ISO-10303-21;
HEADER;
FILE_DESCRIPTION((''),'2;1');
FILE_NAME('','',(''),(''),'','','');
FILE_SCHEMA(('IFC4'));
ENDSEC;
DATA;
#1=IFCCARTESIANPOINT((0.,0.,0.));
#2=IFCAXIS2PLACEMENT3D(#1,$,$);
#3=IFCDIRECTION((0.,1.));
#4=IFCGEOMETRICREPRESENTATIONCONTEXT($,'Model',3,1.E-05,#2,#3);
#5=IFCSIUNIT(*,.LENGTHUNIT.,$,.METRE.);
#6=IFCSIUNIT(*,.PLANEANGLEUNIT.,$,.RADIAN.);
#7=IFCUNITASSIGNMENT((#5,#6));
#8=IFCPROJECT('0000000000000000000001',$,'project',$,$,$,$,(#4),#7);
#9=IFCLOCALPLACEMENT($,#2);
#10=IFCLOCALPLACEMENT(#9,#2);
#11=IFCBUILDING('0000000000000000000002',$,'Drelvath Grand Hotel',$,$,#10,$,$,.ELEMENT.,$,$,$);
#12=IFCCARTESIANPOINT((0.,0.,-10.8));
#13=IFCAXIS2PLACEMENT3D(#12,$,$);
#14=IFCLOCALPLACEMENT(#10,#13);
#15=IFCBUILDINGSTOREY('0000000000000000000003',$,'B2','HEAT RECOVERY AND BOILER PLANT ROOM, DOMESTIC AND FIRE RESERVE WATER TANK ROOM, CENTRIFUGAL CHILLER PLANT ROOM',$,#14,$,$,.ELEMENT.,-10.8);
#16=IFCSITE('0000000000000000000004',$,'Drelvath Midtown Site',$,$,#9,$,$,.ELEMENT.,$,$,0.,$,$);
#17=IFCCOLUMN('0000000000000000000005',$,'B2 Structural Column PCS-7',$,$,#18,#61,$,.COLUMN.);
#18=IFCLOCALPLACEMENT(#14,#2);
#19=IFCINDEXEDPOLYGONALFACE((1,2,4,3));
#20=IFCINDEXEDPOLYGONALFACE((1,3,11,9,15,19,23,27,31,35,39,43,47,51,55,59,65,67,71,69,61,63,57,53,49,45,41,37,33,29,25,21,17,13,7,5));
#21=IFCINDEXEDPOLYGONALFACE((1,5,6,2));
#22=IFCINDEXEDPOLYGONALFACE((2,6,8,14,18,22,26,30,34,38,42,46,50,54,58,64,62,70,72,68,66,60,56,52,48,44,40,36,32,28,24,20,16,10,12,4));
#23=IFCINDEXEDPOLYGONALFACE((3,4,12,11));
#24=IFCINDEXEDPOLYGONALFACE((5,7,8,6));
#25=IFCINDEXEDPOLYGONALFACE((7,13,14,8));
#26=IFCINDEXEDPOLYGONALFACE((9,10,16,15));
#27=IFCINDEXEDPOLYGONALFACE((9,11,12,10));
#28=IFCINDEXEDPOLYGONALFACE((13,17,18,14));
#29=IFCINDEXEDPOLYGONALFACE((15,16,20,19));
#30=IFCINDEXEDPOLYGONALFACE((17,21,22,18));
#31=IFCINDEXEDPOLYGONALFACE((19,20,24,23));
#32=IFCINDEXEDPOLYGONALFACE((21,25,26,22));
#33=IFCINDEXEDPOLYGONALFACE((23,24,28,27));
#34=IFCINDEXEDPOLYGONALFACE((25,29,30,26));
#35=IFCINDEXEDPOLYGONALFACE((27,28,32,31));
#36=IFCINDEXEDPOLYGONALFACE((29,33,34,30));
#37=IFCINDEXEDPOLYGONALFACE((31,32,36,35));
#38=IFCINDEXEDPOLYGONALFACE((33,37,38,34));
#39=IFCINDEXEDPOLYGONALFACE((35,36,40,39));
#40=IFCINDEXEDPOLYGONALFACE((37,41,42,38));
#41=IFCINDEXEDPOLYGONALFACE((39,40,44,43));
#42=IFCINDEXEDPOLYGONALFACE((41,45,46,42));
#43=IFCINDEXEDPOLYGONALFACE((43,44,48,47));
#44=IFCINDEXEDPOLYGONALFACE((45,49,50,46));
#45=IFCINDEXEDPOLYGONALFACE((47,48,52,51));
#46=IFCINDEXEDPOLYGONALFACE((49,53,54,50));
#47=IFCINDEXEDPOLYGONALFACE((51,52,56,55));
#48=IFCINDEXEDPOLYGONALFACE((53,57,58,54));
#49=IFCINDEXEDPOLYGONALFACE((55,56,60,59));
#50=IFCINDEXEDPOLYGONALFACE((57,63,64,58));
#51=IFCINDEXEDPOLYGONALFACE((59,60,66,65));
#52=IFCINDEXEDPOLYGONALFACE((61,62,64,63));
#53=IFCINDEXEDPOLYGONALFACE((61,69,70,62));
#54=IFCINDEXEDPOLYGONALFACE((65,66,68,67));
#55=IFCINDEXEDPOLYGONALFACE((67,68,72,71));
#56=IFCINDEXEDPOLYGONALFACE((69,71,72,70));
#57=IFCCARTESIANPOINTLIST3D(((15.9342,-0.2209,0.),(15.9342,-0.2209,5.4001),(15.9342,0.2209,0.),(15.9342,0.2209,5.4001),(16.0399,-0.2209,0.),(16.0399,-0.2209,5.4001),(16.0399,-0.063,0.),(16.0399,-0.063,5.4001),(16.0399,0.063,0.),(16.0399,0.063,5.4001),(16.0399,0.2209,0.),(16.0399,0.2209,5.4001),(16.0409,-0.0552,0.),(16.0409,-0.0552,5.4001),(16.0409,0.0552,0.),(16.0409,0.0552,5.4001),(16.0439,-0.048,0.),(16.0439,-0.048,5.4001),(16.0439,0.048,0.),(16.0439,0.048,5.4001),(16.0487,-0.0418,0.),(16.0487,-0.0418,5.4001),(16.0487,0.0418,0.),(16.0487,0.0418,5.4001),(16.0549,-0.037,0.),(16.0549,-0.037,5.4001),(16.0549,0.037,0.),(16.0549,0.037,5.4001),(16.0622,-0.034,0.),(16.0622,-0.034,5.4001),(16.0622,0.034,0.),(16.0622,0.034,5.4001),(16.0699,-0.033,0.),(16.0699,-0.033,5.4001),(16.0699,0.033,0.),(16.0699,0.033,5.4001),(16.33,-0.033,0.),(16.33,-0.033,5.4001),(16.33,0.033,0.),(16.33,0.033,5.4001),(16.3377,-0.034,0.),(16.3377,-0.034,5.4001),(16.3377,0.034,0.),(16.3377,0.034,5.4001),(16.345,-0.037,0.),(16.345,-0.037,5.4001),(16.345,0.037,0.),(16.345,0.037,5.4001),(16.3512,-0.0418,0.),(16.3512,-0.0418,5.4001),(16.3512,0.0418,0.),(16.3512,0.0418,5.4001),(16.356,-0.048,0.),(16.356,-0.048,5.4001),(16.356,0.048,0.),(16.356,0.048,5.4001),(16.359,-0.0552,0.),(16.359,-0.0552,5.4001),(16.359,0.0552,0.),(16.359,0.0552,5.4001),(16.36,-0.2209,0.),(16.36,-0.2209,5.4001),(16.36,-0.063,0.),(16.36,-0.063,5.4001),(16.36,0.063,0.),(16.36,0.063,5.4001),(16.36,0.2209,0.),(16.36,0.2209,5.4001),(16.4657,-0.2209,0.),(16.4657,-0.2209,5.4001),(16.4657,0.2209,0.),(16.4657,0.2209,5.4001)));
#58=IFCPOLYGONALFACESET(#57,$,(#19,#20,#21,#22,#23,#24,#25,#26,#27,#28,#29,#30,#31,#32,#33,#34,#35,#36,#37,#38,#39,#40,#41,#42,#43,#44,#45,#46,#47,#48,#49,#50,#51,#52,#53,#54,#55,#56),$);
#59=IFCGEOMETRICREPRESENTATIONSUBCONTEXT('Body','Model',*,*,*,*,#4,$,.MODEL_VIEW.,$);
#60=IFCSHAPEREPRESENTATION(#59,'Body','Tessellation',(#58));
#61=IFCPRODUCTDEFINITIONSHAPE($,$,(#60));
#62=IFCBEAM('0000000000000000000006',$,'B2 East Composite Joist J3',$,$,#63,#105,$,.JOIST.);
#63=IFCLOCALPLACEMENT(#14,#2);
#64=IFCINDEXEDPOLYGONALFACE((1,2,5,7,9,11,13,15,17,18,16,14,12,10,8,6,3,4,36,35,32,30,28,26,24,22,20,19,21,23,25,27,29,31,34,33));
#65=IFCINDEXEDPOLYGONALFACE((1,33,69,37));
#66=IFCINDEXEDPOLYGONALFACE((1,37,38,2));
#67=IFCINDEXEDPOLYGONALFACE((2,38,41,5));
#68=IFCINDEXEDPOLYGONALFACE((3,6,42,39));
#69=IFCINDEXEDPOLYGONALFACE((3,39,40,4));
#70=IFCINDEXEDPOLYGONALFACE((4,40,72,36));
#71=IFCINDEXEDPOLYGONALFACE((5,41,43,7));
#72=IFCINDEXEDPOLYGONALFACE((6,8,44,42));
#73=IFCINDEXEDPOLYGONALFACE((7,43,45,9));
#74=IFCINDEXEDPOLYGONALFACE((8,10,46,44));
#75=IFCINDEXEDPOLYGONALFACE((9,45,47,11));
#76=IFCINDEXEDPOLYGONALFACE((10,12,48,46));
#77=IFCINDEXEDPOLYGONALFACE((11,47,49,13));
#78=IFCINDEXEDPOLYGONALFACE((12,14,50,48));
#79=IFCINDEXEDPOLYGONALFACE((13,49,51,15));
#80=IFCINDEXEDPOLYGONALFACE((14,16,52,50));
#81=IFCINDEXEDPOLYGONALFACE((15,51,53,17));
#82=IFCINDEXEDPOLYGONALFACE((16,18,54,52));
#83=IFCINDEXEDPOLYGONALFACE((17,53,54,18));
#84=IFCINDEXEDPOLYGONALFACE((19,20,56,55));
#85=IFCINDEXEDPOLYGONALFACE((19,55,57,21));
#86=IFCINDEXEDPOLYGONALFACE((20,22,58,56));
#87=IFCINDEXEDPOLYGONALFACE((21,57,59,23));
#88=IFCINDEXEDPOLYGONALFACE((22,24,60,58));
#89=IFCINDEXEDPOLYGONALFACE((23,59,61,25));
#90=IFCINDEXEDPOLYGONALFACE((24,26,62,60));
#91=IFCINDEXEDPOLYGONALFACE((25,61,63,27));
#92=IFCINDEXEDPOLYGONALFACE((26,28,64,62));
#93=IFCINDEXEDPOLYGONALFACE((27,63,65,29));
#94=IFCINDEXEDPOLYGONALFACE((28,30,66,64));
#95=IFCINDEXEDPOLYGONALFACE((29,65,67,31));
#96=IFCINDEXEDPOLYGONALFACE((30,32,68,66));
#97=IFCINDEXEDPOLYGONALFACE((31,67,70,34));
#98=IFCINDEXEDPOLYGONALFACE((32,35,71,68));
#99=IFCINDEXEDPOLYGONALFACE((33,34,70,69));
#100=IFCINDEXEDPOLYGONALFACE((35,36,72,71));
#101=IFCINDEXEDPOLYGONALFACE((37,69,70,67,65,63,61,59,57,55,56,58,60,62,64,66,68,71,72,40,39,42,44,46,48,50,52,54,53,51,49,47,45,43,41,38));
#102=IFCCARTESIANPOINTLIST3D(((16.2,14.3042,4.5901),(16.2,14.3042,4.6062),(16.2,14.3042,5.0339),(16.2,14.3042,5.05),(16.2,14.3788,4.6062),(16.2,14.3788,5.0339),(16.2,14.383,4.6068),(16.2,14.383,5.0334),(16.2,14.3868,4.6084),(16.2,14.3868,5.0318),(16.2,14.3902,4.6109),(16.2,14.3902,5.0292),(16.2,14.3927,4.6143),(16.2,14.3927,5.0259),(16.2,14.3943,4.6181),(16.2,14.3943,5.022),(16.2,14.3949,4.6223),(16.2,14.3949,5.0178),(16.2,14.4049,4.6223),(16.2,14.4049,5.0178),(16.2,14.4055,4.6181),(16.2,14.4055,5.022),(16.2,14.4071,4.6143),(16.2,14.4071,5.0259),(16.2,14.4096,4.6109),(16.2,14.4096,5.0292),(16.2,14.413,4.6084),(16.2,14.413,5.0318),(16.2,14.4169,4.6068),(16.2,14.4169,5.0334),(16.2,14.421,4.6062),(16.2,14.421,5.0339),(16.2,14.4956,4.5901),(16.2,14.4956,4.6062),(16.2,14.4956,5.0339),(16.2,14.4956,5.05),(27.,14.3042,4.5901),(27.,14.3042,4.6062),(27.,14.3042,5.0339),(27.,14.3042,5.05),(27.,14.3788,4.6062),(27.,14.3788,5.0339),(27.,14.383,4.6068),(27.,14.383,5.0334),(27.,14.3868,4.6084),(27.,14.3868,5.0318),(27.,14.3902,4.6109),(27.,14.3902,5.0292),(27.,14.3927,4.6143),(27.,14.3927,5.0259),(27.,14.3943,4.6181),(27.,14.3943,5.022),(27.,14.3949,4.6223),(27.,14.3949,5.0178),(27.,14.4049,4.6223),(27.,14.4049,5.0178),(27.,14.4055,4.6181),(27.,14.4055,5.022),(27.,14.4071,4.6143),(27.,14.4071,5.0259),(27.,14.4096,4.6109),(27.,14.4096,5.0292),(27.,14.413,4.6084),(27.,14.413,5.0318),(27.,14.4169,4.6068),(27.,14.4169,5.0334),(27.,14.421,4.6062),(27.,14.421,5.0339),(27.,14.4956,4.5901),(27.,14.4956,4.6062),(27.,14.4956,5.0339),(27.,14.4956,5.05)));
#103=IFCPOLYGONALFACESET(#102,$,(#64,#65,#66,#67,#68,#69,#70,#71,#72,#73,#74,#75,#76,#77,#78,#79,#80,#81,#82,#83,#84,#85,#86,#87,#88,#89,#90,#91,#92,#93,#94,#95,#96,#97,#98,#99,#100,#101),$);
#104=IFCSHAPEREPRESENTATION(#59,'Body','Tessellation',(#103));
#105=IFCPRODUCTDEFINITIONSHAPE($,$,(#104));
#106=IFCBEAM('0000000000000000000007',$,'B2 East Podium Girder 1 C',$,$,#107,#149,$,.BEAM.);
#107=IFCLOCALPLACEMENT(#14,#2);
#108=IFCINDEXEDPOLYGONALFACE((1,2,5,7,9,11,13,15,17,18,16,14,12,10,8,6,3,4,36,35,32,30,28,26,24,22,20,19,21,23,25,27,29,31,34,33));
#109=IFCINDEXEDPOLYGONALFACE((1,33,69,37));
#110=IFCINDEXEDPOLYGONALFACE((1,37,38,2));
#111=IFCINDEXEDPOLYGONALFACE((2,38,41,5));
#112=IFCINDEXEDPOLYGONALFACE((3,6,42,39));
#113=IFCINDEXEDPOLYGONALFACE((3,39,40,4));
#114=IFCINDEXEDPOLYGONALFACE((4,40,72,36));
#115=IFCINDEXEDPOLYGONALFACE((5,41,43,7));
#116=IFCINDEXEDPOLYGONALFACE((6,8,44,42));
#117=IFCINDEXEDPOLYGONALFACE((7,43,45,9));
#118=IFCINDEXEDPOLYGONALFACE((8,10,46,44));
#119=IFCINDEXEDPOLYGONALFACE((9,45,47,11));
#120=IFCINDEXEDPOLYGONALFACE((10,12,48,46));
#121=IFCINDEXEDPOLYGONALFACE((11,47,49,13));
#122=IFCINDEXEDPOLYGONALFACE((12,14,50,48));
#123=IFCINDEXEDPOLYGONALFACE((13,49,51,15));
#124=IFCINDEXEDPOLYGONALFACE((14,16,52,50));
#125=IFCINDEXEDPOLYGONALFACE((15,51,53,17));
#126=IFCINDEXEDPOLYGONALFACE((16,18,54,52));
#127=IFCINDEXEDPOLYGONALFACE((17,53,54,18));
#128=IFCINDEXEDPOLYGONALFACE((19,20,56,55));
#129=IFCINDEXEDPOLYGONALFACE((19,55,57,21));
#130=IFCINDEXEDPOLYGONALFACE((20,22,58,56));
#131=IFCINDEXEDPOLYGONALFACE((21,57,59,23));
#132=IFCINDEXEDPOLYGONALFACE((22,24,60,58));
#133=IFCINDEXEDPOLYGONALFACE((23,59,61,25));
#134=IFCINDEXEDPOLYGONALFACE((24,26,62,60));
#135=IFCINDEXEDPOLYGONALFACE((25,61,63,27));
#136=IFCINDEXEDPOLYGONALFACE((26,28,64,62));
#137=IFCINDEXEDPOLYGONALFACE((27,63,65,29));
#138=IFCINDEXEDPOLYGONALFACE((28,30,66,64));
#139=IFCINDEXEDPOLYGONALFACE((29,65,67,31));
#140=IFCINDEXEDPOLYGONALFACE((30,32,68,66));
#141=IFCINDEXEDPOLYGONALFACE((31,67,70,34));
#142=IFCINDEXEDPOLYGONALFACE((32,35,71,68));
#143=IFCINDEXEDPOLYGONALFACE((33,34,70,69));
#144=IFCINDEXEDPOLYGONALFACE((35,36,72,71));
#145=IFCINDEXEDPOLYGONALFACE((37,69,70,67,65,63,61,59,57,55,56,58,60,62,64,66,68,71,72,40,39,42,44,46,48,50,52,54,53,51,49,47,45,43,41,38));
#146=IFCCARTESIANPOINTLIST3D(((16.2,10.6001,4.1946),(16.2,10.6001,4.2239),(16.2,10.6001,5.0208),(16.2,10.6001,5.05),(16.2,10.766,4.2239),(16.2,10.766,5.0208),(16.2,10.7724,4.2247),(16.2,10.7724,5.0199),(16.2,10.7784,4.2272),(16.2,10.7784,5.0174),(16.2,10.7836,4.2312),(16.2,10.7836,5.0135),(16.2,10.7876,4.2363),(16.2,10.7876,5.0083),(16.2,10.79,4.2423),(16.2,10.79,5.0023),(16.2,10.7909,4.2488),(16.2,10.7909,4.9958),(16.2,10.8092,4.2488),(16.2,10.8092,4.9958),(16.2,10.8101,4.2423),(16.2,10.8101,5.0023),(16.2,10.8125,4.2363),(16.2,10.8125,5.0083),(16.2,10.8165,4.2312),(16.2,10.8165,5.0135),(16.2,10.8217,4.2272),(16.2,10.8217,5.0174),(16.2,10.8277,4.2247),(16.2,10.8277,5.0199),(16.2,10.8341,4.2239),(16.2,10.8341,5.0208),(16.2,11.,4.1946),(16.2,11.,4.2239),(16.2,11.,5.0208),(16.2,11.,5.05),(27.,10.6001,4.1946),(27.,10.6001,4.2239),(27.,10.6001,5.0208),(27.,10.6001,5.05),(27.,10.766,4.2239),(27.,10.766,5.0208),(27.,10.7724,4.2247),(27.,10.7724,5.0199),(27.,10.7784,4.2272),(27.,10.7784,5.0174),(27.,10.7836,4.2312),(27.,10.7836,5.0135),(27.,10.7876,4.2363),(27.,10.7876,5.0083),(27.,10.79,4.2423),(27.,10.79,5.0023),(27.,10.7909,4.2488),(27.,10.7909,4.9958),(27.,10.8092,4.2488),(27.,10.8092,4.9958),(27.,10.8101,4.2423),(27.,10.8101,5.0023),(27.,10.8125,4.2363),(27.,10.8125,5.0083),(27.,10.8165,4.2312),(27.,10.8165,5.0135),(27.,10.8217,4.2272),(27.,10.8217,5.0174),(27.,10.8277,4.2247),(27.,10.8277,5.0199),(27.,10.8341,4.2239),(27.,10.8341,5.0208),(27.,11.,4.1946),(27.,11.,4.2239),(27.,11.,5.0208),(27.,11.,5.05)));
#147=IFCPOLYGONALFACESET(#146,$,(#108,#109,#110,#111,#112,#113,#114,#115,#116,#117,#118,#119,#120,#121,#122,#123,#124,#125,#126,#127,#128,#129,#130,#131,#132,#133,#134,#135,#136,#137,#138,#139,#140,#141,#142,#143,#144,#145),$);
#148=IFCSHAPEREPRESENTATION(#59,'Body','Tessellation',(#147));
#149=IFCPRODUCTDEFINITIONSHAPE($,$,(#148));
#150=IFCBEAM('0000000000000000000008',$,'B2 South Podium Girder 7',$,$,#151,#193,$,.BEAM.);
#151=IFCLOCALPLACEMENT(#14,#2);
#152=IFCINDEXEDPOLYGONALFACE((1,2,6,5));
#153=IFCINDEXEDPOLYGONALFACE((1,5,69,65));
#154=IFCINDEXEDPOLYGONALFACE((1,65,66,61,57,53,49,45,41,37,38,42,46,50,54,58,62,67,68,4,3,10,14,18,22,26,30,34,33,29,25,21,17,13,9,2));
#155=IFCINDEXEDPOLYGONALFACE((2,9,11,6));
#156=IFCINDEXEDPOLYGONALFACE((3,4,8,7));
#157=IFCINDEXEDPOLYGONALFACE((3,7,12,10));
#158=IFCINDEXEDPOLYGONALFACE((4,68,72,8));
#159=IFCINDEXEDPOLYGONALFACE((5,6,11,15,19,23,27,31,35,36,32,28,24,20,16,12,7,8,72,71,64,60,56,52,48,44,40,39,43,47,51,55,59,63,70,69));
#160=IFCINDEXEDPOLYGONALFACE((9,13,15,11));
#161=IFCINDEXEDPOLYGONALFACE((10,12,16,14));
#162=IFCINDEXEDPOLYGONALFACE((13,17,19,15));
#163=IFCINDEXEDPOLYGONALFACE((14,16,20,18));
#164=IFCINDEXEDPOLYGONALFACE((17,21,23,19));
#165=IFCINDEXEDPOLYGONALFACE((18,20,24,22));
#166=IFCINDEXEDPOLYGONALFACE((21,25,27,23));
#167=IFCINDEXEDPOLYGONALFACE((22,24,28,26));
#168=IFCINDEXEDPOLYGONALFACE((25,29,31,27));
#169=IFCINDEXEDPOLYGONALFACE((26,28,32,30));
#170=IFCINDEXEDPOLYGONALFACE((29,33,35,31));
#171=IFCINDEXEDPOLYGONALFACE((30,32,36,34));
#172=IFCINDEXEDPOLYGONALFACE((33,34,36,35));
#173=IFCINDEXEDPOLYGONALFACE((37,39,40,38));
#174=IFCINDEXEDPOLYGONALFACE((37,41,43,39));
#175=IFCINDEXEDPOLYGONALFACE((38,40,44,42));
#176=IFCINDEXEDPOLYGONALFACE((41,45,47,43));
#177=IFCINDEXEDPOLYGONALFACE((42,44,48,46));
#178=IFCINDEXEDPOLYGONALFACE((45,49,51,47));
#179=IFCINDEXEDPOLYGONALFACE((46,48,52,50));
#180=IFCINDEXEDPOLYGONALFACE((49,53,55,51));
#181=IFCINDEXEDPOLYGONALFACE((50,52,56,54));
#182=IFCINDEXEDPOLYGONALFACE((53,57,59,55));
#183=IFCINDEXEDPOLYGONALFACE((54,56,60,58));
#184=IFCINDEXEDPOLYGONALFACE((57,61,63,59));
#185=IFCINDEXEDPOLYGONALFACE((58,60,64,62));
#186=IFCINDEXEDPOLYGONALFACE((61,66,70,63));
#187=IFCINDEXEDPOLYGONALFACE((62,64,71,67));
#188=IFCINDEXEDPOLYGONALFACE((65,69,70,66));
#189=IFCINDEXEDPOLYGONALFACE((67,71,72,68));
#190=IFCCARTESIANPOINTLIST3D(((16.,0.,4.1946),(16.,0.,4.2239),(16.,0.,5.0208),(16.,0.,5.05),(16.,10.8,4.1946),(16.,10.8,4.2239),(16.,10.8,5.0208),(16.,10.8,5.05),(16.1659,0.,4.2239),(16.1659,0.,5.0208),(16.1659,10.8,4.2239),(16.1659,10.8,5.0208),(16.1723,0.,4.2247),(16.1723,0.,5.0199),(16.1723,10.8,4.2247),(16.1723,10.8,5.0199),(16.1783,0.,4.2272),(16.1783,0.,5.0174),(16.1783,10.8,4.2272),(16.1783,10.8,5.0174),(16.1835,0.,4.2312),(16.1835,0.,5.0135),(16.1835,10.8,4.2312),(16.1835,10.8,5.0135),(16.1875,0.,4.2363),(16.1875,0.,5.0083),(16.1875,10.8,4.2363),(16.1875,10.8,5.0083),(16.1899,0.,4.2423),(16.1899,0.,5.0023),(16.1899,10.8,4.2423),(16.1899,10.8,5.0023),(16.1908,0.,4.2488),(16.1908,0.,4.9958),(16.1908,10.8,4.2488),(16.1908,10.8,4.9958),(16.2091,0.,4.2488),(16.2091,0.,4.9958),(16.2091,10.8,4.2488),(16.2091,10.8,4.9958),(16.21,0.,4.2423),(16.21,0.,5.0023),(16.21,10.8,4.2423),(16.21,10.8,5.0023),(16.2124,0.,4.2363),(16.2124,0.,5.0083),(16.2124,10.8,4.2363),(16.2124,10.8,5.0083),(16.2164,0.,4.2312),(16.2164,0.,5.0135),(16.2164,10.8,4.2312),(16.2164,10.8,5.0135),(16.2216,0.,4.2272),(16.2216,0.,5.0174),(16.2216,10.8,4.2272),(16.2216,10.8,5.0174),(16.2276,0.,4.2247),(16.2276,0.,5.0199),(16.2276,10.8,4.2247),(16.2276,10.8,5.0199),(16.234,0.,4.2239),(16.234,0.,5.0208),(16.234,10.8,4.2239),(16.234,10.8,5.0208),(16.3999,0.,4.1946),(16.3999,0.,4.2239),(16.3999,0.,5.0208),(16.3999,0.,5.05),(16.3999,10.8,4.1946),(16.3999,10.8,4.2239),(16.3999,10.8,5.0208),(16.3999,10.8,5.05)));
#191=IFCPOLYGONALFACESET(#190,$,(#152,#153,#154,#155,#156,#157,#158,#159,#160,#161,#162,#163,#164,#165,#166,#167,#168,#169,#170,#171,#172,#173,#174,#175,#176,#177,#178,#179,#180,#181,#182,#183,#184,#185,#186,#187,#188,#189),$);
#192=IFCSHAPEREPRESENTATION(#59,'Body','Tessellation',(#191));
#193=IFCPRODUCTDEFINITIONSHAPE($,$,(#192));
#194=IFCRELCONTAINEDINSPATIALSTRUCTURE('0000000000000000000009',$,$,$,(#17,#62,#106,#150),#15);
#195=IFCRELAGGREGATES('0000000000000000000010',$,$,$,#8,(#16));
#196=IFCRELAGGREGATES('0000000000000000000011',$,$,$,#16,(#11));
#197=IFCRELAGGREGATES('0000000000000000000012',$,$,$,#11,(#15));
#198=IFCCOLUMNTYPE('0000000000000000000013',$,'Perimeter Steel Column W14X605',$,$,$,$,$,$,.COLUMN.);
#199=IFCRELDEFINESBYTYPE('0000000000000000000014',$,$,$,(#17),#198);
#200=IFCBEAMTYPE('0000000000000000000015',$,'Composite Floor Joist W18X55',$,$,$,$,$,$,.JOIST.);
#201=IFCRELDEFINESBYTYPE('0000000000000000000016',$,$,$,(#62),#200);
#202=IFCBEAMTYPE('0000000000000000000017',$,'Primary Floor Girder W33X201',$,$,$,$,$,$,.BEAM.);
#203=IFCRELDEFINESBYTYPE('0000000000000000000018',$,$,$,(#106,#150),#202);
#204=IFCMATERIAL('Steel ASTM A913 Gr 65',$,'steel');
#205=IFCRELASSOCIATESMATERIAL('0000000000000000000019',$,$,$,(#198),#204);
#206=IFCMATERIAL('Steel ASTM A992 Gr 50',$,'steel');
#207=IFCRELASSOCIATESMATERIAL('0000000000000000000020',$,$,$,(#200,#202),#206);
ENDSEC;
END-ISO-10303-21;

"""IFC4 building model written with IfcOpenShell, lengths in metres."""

from ifc_helpers import new_model, si_unit, direction, frame, origin, origin_2d, place, context, subcontext, project, spatial, i_section, extrude, material, material_profile, profile_set, type_object, element, save


model = new_model("IFC4")

# Units and contexts
model_context = context("Model", 3, precision=1e-05, world=origin(), true_north=direction((0.0, 1.0)))
body_context = subcontext(model_context, "Body", "Model", "MODEL_VIEW")
ifc_project = project(units=[si_unit("LENGTHUNIT", "METRE"), si_unit("PLANEANGLEUNIT", "RADIAN")], contexts=[model_context])

# Site, building, storey
site_placement = place(None, origin())
site = spatial("IfcSite", under=ifc_project, at=site_placement, Name="Drelvath Midtown Site", CompositionType="ELEMENT", RefElevation=0.0)
building_placement = place(site_placement, origin())
building = spatial("IfcBuilding", under=site, at=building_placement, Name="Drelvath Grand Hotel", CompositionType="ELEMENT")
storey_placement = place(building_placement, frame((0.0, 0.0, -10.8)))
storey = spatial("IfcBuildingStorey", under=building, at=storey_placement, Name="B2", Description="HEAT RECOVERY AND BOILER PLANT ROOM, DOMESTIC AND FIRE RESERVE WATER TANK ROOM, CENTRIFUGAL CHILLER PLANT ROOM", CompositionType="ELEMENT", Elevation=-10.8)

# Column
ifc_material_1 = material(Name="Steel ASTM A913 Gr 65", Category="steel")
ifc_material_profile_1 = material_profile(ifc_material_1, i_section(OverallWidth=0.4419, OverallDepth=0.5315, WebThickness=0.0659, FlangeThickness=0.1057, FilletRadius=0.03, at=origin_2d()), Name="W14X605")
ifc_profile_set_1 = profile_set([ifc_material_profile_1], Name="Steel ASTM A913 Gr 65")
column_type_1 = type_object("IfcColumnType", Name="Perimeter Steel Column W14X605", PredefinedType="COLUMN", material=ifc_profile_set_1)
for number, where, z_axis, x_axis, name in (
    (1, (16.2, 0.0, 0.0), (0.0, 0.0, 1.0), (0.0, 1.0, 0.0), "B2 Structural Column PCS-7"),
):
    element("IfcColumn", number, at=place(storey_placement, frame(where, z_axis=z_axis, x_axis=x_axis)), inside=storey, type_object=column_type_1, Name=name, PredefinedType="COLUMN", context=body_context, shape_type="SweptSolid", body=[
        extrude(i_section(OverallWidth=0.4419, OverallDepth=0.5315, WebThickness=0.0659, FlangeThickness=0.1057, FilletRadius=0.03, at=origin_2d()), origin(), (0.0, 0.0, 1.0), 5.4001),
    ])

# Beams
ifc_material_2 = material(Name="Steel ASTM A992 Gr 50", Category="steel")
ifc_material_profile_2 = material_profile(ifc_material_2, i_section(OverallWidth=0.1914, OverallDepth=0.46, WebThickness=0.01, FlangeThickness=0.0161, FilletRadius=0.0161, at=origin_2d()), Name="W18X55")
ifc_profile_set_2 = profile_set([ifc_material_profile_2], Name="Steel ASTM A992 Gr 50")
beam_type_1 = type_object("IfcBeamType", Name="Composite Floor Joist W18X55", PredefinedType="JOIST", material=ifc_profile_set_2)
beam_1_placement = place(storey_placement, frame((16.2, 14.3999, 4.8201), z_axis=(1.0, 0.0, 0.0), x_axis=(0.0, 1.0, 0.0)))
element("IfcBeam", 2, at=beam_1_placement, inside=storey, type_object=beam_type_1, Name="B2 East Composite Joist J3", PredefinedType="JOIST", context=body_context, shape_type="SweptSolid", body=[
    extrude(i_section(OverallWidth=0.1914, OverallDepth=0.46, WebThickness=0.01, FlangeThickness=0.0161, FilletRadius=0.0161, at=origin_2d()), origin(), (0.0, 0.0, 1.0), 10.8),
])
ifc_material_profile_3 = material_profile(ifc_material_2, i_section(OverallWidth=0.3999, OverallDepth=0.8555, WebThickness=0.0183, FlangeThickness=0.0293, FilletRadius=0.0249, at=origin_2d()), Name="W33X201")
ifc_profile_set_3 = profile_set([ifc_material_profile_3], Name="Steel ASTM A992 Gr 50")
beam_type_2 = type_object("IfcBeamType", Name="Primary Floor Girder W33X201", PredefinedType="BEAM", material=ifc_profile_set_3)
for number, where, z_axis, x_axis, name in (
    (3, (16.2, 10.8, 4.6223), (1.0, 0.0, 0.0), (0.0, 1.0, 0.0), "B2 East Podium Girder 1 C"),
    (4, (16.2, 0.0, 4.6223), (0.0, 1.0, 0.0), (-1.0, 0.0, 0.0), "B2 South Podium Girder 7"),
):
    element("IfcBeam", number, at=place(storey_placement, frame(where, z_axis=z_axis, x_axis=x_axis)), inside=storey, type_object=beam_type_2, Name=name, PredefinedType="BEAM", context=body_context, shape_type="SweptSolid", body=[
        extrude(i_section(OverallWidth=0.3999, OverallDepth=0.8555, WebThickness=0.0183, FlangeThickness=0.0293, FilletRadius=0.0249, at=origin_2d()), origin(), (0.0, 0.0, 1.0), 10.8),
    ])

save(model, "model.ifc")
